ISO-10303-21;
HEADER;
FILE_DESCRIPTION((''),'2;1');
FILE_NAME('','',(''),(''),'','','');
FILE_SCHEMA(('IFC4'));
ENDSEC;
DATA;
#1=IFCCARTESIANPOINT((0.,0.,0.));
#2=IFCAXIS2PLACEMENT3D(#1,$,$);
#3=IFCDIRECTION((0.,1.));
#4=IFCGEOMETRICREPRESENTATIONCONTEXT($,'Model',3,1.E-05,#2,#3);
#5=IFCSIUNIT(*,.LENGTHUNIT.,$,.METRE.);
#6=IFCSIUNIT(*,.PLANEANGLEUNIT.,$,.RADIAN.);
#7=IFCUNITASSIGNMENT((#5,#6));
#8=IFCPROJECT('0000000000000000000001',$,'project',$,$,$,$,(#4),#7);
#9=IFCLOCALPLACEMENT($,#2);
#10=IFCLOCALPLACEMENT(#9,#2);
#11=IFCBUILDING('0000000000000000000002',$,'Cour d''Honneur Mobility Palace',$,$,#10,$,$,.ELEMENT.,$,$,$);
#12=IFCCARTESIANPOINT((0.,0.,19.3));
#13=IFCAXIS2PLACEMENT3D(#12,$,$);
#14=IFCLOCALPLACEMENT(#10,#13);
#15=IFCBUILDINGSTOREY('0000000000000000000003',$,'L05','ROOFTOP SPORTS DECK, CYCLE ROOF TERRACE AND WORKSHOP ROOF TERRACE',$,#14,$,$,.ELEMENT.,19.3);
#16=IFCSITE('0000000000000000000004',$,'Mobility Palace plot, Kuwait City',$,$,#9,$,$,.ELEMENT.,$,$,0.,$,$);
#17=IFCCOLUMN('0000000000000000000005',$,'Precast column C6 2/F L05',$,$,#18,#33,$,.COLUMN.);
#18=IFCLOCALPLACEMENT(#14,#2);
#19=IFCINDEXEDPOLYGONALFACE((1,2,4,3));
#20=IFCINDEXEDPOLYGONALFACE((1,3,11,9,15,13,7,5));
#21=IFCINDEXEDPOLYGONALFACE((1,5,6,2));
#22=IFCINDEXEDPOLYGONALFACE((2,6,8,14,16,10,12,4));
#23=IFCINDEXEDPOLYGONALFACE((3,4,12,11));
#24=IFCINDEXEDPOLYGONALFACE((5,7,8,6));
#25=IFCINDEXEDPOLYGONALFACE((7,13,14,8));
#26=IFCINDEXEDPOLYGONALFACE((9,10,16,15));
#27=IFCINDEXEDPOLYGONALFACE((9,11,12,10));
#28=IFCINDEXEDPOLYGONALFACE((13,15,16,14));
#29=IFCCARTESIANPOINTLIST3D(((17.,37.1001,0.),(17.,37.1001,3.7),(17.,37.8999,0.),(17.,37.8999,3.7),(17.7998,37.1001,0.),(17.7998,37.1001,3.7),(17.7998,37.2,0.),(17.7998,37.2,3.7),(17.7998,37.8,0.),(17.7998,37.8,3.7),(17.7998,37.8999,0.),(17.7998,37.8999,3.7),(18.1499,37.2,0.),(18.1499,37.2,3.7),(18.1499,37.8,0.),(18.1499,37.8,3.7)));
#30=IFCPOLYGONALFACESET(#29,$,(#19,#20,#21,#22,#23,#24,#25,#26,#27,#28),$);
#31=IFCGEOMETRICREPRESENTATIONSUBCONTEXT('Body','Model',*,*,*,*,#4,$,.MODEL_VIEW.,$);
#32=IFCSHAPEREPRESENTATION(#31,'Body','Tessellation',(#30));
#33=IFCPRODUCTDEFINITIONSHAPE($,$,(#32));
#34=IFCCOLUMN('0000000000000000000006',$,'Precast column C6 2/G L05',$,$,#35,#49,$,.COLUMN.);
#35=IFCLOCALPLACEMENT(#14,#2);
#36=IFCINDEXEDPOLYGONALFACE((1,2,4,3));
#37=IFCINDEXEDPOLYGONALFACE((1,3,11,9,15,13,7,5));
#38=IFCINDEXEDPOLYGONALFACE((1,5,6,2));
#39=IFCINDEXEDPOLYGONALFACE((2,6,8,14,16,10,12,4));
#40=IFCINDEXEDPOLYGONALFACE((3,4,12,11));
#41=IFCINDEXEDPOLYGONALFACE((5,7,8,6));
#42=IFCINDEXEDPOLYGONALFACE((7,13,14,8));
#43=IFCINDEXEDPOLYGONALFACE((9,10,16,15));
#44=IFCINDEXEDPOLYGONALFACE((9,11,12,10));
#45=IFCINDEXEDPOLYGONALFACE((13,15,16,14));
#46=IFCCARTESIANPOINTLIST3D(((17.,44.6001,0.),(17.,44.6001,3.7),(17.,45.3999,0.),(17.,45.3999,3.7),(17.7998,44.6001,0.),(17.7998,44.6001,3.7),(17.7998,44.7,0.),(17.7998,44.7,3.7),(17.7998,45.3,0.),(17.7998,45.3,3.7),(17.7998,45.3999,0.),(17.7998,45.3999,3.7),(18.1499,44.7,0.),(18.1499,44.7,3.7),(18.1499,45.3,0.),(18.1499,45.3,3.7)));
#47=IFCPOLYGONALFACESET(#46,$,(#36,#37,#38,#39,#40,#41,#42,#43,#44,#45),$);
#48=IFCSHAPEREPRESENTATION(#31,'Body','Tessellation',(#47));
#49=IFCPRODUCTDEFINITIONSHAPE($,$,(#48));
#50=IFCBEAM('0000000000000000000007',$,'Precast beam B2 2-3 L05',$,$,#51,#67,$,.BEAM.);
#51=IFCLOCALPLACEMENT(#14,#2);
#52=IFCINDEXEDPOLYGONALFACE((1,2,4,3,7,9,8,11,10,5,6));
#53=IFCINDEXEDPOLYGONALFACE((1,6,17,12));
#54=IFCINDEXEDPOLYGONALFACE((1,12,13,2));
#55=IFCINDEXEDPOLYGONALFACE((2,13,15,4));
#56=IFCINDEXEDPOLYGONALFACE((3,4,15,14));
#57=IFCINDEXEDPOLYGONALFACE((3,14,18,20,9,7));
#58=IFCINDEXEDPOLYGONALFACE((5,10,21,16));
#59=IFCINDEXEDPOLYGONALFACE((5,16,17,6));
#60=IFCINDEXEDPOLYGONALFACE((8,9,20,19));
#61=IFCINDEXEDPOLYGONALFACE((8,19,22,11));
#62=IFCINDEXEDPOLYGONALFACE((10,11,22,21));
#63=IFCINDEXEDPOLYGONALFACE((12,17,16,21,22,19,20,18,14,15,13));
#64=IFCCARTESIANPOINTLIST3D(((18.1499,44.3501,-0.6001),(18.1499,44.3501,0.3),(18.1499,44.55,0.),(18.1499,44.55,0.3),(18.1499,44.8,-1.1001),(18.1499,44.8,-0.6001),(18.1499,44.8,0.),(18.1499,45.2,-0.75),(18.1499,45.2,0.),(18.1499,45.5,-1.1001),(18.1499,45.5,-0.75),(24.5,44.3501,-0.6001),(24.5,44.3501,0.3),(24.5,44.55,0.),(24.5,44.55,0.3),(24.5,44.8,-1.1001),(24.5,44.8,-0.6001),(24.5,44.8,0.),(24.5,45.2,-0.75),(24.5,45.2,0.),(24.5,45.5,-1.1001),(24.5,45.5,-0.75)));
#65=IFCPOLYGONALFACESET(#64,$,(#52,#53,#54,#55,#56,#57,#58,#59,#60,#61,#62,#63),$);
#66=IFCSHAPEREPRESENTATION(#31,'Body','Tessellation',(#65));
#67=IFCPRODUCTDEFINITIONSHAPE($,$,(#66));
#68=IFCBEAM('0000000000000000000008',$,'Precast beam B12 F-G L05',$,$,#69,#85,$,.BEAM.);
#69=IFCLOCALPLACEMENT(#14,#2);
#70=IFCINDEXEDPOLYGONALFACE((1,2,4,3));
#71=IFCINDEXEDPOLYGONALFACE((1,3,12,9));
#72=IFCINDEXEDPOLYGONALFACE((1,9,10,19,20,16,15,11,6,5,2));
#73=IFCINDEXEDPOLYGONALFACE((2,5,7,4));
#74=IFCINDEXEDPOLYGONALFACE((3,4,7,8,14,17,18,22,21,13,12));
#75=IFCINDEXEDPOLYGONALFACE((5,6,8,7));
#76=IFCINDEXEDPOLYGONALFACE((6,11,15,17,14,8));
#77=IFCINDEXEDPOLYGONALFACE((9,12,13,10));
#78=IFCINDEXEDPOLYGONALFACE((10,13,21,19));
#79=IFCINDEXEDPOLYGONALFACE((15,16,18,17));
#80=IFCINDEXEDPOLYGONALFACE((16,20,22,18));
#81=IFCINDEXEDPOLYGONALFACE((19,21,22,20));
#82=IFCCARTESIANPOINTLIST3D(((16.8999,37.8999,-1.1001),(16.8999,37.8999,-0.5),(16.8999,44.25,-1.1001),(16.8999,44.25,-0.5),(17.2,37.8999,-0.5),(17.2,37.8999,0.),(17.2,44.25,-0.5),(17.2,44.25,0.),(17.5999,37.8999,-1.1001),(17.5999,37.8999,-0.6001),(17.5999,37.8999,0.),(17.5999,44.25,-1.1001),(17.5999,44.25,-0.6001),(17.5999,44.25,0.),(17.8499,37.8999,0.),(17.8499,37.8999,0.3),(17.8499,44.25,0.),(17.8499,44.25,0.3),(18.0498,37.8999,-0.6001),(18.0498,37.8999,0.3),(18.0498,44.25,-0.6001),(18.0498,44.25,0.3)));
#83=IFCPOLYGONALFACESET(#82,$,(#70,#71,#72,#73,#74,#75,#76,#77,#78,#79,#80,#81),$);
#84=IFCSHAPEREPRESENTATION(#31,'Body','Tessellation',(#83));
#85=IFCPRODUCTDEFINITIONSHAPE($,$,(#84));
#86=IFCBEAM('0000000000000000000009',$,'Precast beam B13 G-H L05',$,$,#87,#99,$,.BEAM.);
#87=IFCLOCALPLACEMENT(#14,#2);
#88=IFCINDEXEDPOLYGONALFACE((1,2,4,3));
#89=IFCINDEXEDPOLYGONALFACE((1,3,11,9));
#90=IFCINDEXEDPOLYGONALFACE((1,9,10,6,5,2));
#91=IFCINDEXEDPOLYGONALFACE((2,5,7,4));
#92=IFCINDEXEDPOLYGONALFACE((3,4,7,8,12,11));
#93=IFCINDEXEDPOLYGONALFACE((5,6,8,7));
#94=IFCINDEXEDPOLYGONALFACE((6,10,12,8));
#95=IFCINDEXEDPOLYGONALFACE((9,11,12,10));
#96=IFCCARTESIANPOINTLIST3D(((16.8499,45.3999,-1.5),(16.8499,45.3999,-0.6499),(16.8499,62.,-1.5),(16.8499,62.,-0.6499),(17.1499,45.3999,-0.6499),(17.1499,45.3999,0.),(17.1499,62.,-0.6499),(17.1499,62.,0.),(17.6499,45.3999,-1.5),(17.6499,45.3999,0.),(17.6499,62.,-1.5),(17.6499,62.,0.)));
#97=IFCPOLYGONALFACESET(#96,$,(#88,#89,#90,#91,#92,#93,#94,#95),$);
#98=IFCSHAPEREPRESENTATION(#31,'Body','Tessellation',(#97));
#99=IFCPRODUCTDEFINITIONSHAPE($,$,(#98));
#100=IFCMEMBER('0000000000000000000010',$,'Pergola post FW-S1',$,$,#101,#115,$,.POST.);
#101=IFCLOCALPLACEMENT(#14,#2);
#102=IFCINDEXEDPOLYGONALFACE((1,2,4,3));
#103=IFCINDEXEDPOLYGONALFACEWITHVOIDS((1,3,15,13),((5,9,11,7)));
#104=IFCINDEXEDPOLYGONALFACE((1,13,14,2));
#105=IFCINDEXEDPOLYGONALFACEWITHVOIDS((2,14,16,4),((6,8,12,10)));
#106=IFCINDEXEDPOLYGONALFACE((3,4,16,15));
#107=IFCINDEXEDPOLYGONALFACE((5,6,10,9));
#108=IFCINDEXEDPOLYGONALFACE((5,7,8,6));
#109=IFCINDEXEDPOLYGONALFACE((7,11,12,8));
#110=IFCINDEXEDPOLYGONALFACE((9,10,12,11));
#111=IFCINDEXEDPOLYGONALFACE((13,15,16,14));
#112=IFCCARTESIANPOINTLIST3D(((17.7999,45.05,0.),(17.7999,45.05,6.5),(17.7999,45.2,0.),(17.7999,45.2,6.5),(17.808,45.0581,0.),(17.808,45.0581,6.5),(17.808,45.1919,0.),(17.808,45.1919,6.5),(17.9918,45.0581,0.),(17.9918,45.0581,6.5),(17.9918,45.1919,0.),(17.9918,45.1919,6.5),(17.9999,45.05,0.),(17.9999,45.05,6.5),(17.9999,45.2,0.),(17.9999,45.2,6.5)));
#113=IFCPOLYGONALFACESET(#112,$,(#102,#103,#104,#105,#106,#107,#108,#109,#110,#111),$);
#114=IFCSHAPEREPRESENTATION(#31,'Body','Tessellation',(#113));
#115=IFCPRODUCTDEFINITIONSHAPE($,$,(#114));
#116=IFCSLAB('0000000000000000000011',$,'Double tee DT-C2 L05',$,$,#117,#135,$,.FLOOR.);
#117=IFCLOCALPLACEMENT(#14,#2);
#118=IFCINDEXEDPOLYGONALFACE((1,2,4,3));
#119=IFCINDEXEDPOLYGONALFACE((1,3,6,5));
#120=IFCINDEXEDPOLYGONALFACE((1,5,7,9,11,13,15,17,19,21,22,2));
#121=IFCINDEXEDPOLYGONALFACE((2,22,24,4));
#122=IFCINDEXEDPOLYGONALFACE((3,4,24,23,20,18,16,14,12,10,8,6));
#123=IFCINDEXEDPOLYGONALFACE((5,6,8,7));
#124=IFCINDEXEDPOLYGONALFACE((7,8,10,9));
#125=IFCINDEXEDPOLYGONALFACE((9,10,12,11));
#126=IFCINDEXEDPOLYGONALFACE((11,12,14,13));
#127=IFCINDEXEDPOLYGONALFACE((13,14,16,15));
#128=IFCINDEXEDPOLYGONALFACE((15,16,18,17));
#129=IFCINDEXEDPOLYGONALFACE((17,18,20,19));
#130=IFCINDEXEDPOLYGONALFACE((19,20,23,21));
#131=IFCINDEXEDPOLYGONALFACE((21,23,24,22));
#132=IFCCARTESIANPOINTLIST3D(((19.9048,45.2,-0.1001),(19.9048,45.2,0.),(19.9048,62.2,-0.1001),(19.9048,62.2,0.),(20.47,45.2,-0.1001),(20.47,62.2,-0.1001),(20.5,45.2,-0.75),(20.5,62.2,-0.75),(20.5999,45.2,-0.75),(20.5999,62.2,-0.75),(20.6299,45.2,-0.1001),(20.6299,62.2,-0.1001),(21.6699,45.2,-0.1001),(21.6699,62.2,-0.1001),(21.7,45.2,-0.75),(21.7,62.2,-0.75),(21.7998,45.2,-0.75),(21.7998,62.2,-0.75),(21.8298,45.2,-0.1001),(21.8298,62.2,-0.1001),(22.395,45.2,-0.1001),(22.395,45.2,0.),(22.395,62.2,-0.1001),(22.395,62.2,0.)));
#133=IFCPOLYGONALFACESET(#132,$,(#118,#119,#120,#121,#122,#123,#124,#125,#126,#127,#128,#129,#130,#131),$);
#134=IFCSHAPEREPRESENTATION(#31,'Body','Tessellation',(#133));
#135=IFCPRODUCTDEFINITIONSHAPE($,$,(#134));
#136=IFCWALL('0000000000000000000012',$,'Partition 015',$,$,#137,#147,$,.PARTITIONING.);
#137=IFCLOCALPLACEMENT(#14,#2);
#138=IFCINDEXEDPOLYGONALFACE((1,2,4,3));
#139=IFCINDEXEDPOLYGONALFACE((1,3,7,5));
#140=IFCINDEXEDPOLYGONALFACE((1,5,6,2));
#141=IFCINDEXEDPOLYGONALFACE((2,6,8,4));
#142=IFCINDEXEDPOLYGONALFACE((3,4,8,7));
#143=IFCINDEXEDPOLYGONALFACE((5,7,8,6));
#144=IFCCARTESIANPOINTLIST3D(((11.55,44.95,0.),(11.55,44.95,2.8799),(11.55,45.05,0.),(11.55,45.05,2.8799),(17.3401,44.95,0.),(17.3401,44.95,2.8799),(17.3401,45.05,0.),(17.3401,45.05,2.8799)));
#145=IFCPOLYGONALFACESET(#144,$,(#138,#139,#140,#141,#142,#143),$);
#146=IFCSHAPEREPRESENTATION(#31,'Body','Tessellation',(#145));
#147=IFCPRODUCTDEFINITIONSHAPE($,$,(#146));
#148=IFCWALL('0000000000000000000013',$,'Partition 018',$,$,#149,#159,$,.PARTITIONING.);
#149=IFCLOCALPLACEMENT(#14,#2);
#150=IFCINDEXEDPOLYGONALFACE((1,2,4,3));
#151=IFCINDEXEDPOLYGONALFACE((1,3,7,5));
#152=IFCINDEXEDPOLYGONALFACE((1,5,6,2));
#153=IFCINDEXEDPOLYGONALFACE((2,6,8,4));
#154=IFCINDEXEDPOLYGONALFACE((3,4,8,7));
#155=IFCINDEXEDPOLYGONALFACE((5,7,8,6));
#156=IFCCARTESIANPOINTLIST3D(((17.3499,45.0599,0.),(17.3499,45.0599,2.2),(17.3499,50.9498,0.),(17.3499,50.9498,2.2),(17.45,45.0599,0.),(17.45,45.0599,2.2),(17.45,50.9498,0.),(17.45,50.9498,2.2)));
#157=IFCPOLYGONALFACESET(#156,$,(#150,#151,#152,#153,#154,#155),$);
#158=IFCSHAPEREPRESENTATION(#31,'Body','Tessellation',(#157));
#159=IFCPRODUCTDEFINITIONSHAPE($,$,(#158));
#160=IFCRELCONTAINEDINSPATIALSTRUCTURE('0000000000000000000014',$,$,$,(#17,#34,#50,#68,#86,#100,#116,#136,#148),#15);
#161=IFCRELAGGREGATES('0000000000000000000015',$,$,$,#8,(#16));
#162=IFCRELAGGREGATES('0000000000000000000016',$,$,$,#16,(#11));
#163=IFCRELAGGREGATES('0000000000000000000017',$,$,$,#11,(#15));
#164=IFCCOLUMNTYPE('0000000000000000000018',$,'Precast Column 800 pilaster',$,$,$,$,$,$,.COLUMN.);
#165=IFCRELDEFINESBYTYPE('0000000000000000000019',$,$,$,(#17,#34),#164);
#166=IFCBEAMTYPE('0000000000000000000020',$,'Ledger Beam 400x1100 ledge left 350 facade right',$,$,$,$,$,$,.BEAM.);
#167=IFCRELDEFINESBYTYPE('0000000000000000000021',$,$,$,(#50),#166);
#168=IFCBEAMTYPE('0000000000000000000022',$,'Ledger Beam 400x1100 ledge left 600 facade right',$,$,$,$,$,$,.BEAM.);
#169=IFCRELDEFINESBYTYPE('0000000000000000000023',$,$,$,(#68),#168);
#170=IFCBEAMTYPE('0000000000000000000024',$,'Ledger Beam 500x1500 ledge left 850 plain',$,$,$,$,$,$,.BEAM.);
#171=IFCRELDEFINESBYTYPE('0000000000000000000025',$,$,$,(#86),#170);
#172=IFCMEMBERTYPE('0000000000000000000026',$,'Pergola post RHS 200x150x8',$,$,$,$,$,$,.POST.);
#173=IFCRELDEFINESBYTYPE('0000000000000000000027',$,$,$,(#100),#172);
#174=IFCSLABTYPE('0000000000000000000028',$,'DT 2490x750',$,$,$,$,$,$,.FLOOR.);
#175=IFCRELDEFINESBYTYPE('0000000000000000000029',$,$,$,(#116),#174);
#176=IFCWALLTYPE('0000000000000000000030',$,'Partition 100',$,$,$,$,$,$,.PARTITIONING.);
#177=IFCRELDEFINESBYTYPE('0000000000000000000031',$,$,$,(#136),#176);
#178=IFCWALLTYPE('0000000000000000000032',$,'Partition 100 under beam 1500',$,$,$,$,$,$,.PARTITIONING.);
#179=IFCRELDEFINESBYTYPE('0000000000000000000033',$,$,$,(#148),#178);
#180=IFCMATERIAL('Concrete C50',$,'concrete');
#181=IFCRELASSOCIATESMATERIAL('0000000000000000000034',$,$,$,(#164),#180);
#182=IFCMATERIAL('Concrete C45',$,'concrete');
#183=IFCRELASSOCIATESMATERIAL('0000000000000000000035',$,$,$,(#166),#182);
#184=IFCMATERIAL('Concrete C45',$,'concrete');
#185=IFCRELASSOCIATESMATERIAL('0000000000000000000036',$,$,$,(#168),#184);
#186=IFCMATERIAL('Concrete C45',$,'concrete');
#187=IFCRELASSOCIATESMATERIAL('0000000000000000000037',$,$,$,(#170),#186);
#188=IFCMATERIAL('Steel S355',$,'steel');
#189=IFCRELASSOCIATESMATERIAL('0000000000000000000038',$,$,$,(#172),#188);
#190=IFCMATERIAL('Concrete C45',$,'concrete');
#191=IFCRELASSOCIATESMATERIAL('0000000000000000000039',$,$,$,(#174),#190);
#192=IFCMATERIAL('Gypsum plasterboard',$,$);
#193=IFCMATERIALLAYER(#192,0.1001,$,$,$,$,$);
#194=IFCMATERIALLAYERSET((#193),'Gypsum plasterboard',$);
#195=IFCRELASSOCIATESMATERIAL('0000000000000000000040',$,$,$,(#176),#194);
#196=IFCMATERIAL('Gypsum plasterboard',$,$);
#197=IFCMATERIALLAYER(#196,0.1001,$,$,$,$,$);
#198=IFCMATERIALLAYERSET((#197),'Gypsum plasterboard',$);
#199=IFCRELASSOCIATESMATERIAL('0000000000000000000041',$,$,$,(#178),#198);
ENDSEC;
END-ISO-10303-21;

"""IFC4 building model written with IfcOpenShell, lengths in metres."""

from ifc_helpers import new_model, si_unit, direction, frame, frame_2d, origin, origin_2d, place, context, subcontext, project, spatial, polyline, rectangle, hollow_rectangle, outline, extrude, material, layer, layer_set, material_profile, profile_set, type_object, element, save


model = new_model("IFC4")

# Units and contexts
model_context = context("Model", 3, precision=1e-05, world=origin(), true_north=direction((0.0, 1.0)))
body_context = subcontext(model_context, "Body", "Model", "MODEL_VIEW")
ifc_project = project(units=[si_unit("LENGTHUNIT", "METRE"), si_unit("PLANEANGLEUNIT", "RADIAN")], contexts=[model_context])

# Site, building, storey
site_placement = place(None, origin())
site = spatial("IfcSite", under=ifc_project, at=site_placement, Name="Mobility Palace plot, Kuwait City", CompositionType="ELEMENT", RefElevation=0.0)
building_placement = place(site_placement, origin())
building = spatial("IfcBuilding", under=site, at=building_placement, Name="Cour d'Honneur Mobility Palace", CompositionType="ELEMENT")
storey_placement = place(building_placement, frame((0.0, 0.0, 19.3)))
storey = spatial("IfcBuildingStorey", under=building, at=storey_placement, Name="L05", Description="ROOFTOP SPORTS DECK, CYCLE ROOF TERRACE AND WORKSHOP ROOF TERRACE", CompositionType="ELEMENT", Elevation=19.3)

# Columns
ifc_material_1 = material(Name="Concrete C50", Category="concrete")
ifc_material_profile_1 = material_profile(ifc_material_1, outline(polyline([(-0.3999, -0.3999), (0.3999, -0.3999), (0.3999, -0.3), (0.75, -0.3), (0.75, 0.3), (0.3999, 0.3), (0.3999, 0.3999), (-0.3999, 0.3999), (-0.3999, -0.3999)])), Name="PC C800 pilaster")
ifc_profile_set_1 = profile_set([ifc_material_profile_1], Name="Concrete C50")
column_type = type_object("IfcColumnType", Name="Precast Column 800 pilaster", PredefinedType="COLUMN", material=ifc_profile_set_1)
for number, where, z_axis, x_axis, name in (
    (1, (17.3999, 37.5, 0.0), (0.0, 0.0, 1.0), (1.0, 0.0, 0.0), "Precast column C6 2/F L05"),
    (2, (17.3999, 45.0, 0.0), (0.0, 0.0, 1.0), (1.0, 0.0, 0.0), "Precast column C6 2/G L05"),
):
    element("IfcColumn", number, at=place(storey_placement, frame(where, z_axis=z_axis, x_axis=x_axis)), inside=storey, type_object=column_type, Name=name, PredefinedType="COLUMN", context=body_context, shape_type="SweptSolid", body=[
        extrude(outline(polyline([(-0.3999, -0.3999), (0.3999, -0.3999), (0.3999, -0.3), (0.75, -0.3), (0.75, 0.3), (0.3999, 0.3), (0.3999, 0.3999), (-0.3999, 0.3999), (-0.3999, -0.3999)])), origin(), (0.0, 0.0, 1.0), 3.7),
    ])

# Beams
ifc_material_2 = material(Name="Concrete C45", Category="concrete")
ifc_material_profile_2 = material_profile(ifc_material_2, outline(polyline([(0.5, -1.1001), (0.5, -0.75), (0.2, -0.75), (0.2, 0.0), (-0.2, 0.0), (-0.45, 0.0), (-0.45, 0.3), (-0.6499, 0.3), (-0.6499, -0.6001), (-0.2, -0.6001), (-0.2, -1.1001), (0.5, -1.1001)])), Name="Ledger Beam 400x1100 ledge left 350 facade right")
ifc_profile_set_2 = profile_set([ifc_material_profile_2], Name="Concrete C45")
beam_type_1 = type_object("IfcBeamType", Name="Ledger Beam 400x1100 ledge left 350 facade right", PredefinedType="BEAM", material=ifc_profile_set_2)
beam_1_placement = place(storey_placement, frame((18.1499, 45.0, 0.0), z_axis=(1.0, 0.0, 0.0), x_axis=(0.0, 1.0, 0.0)))
element("IfcBeam", 3, at=beam_1_placement, inside=storey, type_object=beam_type_1, Name="Precast beam B2 2-3 L05", PredefinedType="BEAM", context=body_context, shape_type="SweptSolid", body=[
    extrude(outline(polyline([(0.5, -1.1001), (0.5, -0.75), (0.2, -0.75), (0.2, 0.0), (-0.2, 0.0), (-0.45, 0.0), (-0.45, 0.3), (-0.6499, 0.3), (-0.6499, -0.6001), (-0.2, -0.6001), (-0.2, -1.1001), (0.5, -1.1001)])), origin(), (0.0, 0.0, 1.0), 6.3501),
])
ifc_material_3 = material(Name="Concrete C45", Category="concrete")
ifc_material_profile_3 = material_profile(ifc_material_3, outline(polyline([(0.5, -1.1001), (0.5, -0.5), (0.2, -0.5), (0.2, 0.0), (-0.2, 0.0), (-0.45, 0.0), (-0.45, 0.3), (-0.6499, 0.3), (-0.6499, -0.6001), (-0.2, -0.6001), (-0.2, -1.1001), (0.5, -1.1001)])), Name="Ledger Beam 400x1100 ledge left 600 facade right")
ifc_profile_set_3 = profile_set([ifc_material_profile_3], Name="Concrete C45")
beam_type_2 = type_object("IfcBeamType", Name="Ledger Beam 400x1100 ledge left 600 facade right", PredefinedType="BEAM", material=ifc_profile_set_3)
beam_2_placement = place(storey_placement, frame((17.3999, 37.8999, 0.0), z_axis=(0.0, 1.0, 0.0), x_axis=(-1.0, 0.0, 0.0)))
element("IfcBeam", 4, at=beam_2_placement, inside=storey, type_object=beam_type_2, Name="Precast beam B12 F-G L05", PredefinedType="BEAM", context=body_context, shape_type="SweptSolid", body=[
    extrude(outline(polyline([(0.5, -1.1001), (0.5, -0.5), (0.2, -0.5), (0.2, 0.0), (-0.2, 0.0), (-0.45, 0.0), (-0.45, 0.3), (-0.6499, 0.3), (-0.6499, -0.6001), (-0.2, -0.6001), (-0.2, -1.1001), (0.5, -1.1001)])), origin(), (0.0, 0.0, 1.0), 6.3501),
])
ifc_material_4 = material(Name="Concrete C45", Category="concrete")
ifc_material_profile_4 = material_profile(ifc_material_4, outline(polyline([(0.55, -1.5), (0.55, -0.6499), (0.25, -0.6499), (0.25, 0.0), (-0.25, 0.0), (-0.25, -1.5), (0.55, -1.5)])), Name="Ledger Beam 500x1500 ledge left 850 plain")
ifc_profile_set_4 = profile_set([ifc_material_profile_4], Name="Concrete C45")
beam_type_3 = type_object("IfcBeamType", Name="Ledger Beam 500x1500 ledge left 850 plain", PredefinedType="BEAM", material=ifc_profile_set_4)
beam_3_placement = place(storey_placement, frame((17.3999, 45.3999, 0.0), z_axis=(0.0, 1.0, 0.0), x_axis=(-1.0, 0.0, 0.0)))
element("IfcBeam", 5, at=beam_3_placement, inside=storey, type_object=beam_type_3, Name="Precast beam B13 G-H L05", PredefinedType="BEAM", context=body_context, shape_type="SweptSolid", body=[
    extrude(outline(polyline([(0.55, -1.5), (0.55, -0.6499), (0.25, -0.6499), (0.25, 0.0), (-0.25, 0.0), (-0.25, -1.5), (0.55, -1.5)])), origin(), (0.0, 0.0, 1.0), 16.6001),
])

# Member
ifc_material_5 = material(Name="Steel S355", Category="steel")
ifc_material_profile_5 = material_profile(ifc_material_5, hollow_rectangle(XDim=0.1499, YDim=0.2, WallThickness=0.0081, at=origin_2d()), Name="RHS 200x150x8")
ifc_profile_set_5 = profile_set([ifc_material_profile_5], Name="Steel S355")
member_type = type_object("IfcMemberType", Name="Pergola post RHS 200x150x8", PredefinedType="POST", material=ifc_profile_set_5)
member_placement = place(storey_placement, frame((17.8999, 45.125, 0.0), z_axis=(0.0, 0.0, 1.0), x_axis=(0.0, 1.0, 0.0)))
element("IfcMember", 6, at=member_placement, inside=storey, type_object=member_type, Name="Pergola post FW-S1", PredefinedType="POST", context=body_context, shape_type="SweptSolid", body=[
    extrude(hollow_rectangle(XDim=0.1499, YDim=0.2, WallThickness=0.0081, at=origin_2d()), origin(), (0.0, 0.0, 1.0), 6.5),
])

# Slab
ifc_material_6 = material(Name="Concrete C45", Category="concrete")
ifc_material_profile_6 = material_profile(ifc_material_6, outline(polyline([(-1.2451, 0.0), (1.2451, 0.0), (1.2451, -0.1001), (0.6799, -0.1001), (0.6499, -0.75), (0.55, -0.75), (0.52, -0.1001), (-0.52, -0.1001), (-0.55, -0.75), (-0.6499, -0.75), (-0.6799, -0.1001), (-1.2451, -0.1001), (-1.2451, 0.0)])), Name="DT 2490x750")
ifc_profile_set_6 = profile_set([ifc_material_profile_6], Name="Concrete C45")
slab_type = type_object("IfcSlabType", Name="DT 2490x750", PredefinedType="FLOOR", material=ifc_profile_set_6)
slab_placement = place(storey_placement, frame((21.1499, 45.2, 0.0), z_axis=(0.0, 1.0, 0.0), x_axis=(-1.0, 0.0, 0.0)))
element("IfcSlab", 7, at=slab_placement, inside=storey, type_object=slab_type, Name="Double tee DT-C2 L05", PredefinedType="FLOOR", context=body_context, shape_type="SweptSolid", body=[
    extrude(outline(polyline([(-1.2451, 0.0), (1.2451, 0.0), (1.2451, -0.1001), (0.6799, -0.1001), (0.6499, -0.75), (0.55, -0.75), (0.52, -0.1001), (-0.52, -0.1001), (-0.55, -0.75), (-0.6499, -0.75), (-0.6799, -0.1001), (-1.2451, -0.1001), (-1.2451, 0.0)])), origin(), (0.0, 0.0, 1.0), 17.0),
])

# Walls
ifc_material_7 = material(Name="Gypsum plasterboard")
ifc_layer_1 = layer(ifc_material_7, 0.1001)
ifc_layer_set_1 = layer_set([ifc_layer_1], Name="Gypsum plasterboard")
wall_type_1 = type_object("IfcWallType", Name="Partition 100", PredefinedType="PARTITIONING", material=ifc_layer_set_1)
wall_1_placement = place(storey_placement, frame((11.55, 45.0, 0.0), z_axis=(0.0, 0.0, 1.0), x_axis=(1.0, 0.0, 0.0)))
element("IfcWall", 8, at=wall_1_placement, inside=storey, type_object=wall_type_1, Name="Partition 015", PredefinedType="PARTITIONING", context=body_context, shape_type="SweptSolid", body=[
    extrude(rectangle(XDim=5.79, YDim=0.1001, at=frame_2d((2.895, 0.0))), origin(), (0.0, 0.0, 1.0), 2.8799),
])
ifc_material_8 = material(Name="Gypsum plasterboard")
ifc_layer_2 = layer(ifc_material_8, 0.1001)
ifc_layer_set_2 = layer_set([ifc_layer_2], Name="Gypsum plasterboard")
wall_type_2 = type_object("IfcWallType", Name="Partition 100 under beam 1500", PredefinedType="PARTITIONING", material=ifc_layer_set_2)
wall_2_placement = place(storey_placement, frame((17.3999, 45.0601, 0.0), z_axis=(0.0, 0.0, 1.0), x_axis=(0.0, 1.0, 0.0)))
element("IfcWall", 9, at=wall_2_placement, inside=storey, type_object=wall_type_2, Name="Partition 018", PredefinedType="PARTITIONING", context=body_context, shape_type="SweptSolid", body=[
    extrude(rectangle(XDim=5.8899, YDim=0.1001, at=frame_2d((2.9448, 0.0))), origin(), (0.0, 0.0, 1.0), 2.2),
])

save(model, "model.ifc")
